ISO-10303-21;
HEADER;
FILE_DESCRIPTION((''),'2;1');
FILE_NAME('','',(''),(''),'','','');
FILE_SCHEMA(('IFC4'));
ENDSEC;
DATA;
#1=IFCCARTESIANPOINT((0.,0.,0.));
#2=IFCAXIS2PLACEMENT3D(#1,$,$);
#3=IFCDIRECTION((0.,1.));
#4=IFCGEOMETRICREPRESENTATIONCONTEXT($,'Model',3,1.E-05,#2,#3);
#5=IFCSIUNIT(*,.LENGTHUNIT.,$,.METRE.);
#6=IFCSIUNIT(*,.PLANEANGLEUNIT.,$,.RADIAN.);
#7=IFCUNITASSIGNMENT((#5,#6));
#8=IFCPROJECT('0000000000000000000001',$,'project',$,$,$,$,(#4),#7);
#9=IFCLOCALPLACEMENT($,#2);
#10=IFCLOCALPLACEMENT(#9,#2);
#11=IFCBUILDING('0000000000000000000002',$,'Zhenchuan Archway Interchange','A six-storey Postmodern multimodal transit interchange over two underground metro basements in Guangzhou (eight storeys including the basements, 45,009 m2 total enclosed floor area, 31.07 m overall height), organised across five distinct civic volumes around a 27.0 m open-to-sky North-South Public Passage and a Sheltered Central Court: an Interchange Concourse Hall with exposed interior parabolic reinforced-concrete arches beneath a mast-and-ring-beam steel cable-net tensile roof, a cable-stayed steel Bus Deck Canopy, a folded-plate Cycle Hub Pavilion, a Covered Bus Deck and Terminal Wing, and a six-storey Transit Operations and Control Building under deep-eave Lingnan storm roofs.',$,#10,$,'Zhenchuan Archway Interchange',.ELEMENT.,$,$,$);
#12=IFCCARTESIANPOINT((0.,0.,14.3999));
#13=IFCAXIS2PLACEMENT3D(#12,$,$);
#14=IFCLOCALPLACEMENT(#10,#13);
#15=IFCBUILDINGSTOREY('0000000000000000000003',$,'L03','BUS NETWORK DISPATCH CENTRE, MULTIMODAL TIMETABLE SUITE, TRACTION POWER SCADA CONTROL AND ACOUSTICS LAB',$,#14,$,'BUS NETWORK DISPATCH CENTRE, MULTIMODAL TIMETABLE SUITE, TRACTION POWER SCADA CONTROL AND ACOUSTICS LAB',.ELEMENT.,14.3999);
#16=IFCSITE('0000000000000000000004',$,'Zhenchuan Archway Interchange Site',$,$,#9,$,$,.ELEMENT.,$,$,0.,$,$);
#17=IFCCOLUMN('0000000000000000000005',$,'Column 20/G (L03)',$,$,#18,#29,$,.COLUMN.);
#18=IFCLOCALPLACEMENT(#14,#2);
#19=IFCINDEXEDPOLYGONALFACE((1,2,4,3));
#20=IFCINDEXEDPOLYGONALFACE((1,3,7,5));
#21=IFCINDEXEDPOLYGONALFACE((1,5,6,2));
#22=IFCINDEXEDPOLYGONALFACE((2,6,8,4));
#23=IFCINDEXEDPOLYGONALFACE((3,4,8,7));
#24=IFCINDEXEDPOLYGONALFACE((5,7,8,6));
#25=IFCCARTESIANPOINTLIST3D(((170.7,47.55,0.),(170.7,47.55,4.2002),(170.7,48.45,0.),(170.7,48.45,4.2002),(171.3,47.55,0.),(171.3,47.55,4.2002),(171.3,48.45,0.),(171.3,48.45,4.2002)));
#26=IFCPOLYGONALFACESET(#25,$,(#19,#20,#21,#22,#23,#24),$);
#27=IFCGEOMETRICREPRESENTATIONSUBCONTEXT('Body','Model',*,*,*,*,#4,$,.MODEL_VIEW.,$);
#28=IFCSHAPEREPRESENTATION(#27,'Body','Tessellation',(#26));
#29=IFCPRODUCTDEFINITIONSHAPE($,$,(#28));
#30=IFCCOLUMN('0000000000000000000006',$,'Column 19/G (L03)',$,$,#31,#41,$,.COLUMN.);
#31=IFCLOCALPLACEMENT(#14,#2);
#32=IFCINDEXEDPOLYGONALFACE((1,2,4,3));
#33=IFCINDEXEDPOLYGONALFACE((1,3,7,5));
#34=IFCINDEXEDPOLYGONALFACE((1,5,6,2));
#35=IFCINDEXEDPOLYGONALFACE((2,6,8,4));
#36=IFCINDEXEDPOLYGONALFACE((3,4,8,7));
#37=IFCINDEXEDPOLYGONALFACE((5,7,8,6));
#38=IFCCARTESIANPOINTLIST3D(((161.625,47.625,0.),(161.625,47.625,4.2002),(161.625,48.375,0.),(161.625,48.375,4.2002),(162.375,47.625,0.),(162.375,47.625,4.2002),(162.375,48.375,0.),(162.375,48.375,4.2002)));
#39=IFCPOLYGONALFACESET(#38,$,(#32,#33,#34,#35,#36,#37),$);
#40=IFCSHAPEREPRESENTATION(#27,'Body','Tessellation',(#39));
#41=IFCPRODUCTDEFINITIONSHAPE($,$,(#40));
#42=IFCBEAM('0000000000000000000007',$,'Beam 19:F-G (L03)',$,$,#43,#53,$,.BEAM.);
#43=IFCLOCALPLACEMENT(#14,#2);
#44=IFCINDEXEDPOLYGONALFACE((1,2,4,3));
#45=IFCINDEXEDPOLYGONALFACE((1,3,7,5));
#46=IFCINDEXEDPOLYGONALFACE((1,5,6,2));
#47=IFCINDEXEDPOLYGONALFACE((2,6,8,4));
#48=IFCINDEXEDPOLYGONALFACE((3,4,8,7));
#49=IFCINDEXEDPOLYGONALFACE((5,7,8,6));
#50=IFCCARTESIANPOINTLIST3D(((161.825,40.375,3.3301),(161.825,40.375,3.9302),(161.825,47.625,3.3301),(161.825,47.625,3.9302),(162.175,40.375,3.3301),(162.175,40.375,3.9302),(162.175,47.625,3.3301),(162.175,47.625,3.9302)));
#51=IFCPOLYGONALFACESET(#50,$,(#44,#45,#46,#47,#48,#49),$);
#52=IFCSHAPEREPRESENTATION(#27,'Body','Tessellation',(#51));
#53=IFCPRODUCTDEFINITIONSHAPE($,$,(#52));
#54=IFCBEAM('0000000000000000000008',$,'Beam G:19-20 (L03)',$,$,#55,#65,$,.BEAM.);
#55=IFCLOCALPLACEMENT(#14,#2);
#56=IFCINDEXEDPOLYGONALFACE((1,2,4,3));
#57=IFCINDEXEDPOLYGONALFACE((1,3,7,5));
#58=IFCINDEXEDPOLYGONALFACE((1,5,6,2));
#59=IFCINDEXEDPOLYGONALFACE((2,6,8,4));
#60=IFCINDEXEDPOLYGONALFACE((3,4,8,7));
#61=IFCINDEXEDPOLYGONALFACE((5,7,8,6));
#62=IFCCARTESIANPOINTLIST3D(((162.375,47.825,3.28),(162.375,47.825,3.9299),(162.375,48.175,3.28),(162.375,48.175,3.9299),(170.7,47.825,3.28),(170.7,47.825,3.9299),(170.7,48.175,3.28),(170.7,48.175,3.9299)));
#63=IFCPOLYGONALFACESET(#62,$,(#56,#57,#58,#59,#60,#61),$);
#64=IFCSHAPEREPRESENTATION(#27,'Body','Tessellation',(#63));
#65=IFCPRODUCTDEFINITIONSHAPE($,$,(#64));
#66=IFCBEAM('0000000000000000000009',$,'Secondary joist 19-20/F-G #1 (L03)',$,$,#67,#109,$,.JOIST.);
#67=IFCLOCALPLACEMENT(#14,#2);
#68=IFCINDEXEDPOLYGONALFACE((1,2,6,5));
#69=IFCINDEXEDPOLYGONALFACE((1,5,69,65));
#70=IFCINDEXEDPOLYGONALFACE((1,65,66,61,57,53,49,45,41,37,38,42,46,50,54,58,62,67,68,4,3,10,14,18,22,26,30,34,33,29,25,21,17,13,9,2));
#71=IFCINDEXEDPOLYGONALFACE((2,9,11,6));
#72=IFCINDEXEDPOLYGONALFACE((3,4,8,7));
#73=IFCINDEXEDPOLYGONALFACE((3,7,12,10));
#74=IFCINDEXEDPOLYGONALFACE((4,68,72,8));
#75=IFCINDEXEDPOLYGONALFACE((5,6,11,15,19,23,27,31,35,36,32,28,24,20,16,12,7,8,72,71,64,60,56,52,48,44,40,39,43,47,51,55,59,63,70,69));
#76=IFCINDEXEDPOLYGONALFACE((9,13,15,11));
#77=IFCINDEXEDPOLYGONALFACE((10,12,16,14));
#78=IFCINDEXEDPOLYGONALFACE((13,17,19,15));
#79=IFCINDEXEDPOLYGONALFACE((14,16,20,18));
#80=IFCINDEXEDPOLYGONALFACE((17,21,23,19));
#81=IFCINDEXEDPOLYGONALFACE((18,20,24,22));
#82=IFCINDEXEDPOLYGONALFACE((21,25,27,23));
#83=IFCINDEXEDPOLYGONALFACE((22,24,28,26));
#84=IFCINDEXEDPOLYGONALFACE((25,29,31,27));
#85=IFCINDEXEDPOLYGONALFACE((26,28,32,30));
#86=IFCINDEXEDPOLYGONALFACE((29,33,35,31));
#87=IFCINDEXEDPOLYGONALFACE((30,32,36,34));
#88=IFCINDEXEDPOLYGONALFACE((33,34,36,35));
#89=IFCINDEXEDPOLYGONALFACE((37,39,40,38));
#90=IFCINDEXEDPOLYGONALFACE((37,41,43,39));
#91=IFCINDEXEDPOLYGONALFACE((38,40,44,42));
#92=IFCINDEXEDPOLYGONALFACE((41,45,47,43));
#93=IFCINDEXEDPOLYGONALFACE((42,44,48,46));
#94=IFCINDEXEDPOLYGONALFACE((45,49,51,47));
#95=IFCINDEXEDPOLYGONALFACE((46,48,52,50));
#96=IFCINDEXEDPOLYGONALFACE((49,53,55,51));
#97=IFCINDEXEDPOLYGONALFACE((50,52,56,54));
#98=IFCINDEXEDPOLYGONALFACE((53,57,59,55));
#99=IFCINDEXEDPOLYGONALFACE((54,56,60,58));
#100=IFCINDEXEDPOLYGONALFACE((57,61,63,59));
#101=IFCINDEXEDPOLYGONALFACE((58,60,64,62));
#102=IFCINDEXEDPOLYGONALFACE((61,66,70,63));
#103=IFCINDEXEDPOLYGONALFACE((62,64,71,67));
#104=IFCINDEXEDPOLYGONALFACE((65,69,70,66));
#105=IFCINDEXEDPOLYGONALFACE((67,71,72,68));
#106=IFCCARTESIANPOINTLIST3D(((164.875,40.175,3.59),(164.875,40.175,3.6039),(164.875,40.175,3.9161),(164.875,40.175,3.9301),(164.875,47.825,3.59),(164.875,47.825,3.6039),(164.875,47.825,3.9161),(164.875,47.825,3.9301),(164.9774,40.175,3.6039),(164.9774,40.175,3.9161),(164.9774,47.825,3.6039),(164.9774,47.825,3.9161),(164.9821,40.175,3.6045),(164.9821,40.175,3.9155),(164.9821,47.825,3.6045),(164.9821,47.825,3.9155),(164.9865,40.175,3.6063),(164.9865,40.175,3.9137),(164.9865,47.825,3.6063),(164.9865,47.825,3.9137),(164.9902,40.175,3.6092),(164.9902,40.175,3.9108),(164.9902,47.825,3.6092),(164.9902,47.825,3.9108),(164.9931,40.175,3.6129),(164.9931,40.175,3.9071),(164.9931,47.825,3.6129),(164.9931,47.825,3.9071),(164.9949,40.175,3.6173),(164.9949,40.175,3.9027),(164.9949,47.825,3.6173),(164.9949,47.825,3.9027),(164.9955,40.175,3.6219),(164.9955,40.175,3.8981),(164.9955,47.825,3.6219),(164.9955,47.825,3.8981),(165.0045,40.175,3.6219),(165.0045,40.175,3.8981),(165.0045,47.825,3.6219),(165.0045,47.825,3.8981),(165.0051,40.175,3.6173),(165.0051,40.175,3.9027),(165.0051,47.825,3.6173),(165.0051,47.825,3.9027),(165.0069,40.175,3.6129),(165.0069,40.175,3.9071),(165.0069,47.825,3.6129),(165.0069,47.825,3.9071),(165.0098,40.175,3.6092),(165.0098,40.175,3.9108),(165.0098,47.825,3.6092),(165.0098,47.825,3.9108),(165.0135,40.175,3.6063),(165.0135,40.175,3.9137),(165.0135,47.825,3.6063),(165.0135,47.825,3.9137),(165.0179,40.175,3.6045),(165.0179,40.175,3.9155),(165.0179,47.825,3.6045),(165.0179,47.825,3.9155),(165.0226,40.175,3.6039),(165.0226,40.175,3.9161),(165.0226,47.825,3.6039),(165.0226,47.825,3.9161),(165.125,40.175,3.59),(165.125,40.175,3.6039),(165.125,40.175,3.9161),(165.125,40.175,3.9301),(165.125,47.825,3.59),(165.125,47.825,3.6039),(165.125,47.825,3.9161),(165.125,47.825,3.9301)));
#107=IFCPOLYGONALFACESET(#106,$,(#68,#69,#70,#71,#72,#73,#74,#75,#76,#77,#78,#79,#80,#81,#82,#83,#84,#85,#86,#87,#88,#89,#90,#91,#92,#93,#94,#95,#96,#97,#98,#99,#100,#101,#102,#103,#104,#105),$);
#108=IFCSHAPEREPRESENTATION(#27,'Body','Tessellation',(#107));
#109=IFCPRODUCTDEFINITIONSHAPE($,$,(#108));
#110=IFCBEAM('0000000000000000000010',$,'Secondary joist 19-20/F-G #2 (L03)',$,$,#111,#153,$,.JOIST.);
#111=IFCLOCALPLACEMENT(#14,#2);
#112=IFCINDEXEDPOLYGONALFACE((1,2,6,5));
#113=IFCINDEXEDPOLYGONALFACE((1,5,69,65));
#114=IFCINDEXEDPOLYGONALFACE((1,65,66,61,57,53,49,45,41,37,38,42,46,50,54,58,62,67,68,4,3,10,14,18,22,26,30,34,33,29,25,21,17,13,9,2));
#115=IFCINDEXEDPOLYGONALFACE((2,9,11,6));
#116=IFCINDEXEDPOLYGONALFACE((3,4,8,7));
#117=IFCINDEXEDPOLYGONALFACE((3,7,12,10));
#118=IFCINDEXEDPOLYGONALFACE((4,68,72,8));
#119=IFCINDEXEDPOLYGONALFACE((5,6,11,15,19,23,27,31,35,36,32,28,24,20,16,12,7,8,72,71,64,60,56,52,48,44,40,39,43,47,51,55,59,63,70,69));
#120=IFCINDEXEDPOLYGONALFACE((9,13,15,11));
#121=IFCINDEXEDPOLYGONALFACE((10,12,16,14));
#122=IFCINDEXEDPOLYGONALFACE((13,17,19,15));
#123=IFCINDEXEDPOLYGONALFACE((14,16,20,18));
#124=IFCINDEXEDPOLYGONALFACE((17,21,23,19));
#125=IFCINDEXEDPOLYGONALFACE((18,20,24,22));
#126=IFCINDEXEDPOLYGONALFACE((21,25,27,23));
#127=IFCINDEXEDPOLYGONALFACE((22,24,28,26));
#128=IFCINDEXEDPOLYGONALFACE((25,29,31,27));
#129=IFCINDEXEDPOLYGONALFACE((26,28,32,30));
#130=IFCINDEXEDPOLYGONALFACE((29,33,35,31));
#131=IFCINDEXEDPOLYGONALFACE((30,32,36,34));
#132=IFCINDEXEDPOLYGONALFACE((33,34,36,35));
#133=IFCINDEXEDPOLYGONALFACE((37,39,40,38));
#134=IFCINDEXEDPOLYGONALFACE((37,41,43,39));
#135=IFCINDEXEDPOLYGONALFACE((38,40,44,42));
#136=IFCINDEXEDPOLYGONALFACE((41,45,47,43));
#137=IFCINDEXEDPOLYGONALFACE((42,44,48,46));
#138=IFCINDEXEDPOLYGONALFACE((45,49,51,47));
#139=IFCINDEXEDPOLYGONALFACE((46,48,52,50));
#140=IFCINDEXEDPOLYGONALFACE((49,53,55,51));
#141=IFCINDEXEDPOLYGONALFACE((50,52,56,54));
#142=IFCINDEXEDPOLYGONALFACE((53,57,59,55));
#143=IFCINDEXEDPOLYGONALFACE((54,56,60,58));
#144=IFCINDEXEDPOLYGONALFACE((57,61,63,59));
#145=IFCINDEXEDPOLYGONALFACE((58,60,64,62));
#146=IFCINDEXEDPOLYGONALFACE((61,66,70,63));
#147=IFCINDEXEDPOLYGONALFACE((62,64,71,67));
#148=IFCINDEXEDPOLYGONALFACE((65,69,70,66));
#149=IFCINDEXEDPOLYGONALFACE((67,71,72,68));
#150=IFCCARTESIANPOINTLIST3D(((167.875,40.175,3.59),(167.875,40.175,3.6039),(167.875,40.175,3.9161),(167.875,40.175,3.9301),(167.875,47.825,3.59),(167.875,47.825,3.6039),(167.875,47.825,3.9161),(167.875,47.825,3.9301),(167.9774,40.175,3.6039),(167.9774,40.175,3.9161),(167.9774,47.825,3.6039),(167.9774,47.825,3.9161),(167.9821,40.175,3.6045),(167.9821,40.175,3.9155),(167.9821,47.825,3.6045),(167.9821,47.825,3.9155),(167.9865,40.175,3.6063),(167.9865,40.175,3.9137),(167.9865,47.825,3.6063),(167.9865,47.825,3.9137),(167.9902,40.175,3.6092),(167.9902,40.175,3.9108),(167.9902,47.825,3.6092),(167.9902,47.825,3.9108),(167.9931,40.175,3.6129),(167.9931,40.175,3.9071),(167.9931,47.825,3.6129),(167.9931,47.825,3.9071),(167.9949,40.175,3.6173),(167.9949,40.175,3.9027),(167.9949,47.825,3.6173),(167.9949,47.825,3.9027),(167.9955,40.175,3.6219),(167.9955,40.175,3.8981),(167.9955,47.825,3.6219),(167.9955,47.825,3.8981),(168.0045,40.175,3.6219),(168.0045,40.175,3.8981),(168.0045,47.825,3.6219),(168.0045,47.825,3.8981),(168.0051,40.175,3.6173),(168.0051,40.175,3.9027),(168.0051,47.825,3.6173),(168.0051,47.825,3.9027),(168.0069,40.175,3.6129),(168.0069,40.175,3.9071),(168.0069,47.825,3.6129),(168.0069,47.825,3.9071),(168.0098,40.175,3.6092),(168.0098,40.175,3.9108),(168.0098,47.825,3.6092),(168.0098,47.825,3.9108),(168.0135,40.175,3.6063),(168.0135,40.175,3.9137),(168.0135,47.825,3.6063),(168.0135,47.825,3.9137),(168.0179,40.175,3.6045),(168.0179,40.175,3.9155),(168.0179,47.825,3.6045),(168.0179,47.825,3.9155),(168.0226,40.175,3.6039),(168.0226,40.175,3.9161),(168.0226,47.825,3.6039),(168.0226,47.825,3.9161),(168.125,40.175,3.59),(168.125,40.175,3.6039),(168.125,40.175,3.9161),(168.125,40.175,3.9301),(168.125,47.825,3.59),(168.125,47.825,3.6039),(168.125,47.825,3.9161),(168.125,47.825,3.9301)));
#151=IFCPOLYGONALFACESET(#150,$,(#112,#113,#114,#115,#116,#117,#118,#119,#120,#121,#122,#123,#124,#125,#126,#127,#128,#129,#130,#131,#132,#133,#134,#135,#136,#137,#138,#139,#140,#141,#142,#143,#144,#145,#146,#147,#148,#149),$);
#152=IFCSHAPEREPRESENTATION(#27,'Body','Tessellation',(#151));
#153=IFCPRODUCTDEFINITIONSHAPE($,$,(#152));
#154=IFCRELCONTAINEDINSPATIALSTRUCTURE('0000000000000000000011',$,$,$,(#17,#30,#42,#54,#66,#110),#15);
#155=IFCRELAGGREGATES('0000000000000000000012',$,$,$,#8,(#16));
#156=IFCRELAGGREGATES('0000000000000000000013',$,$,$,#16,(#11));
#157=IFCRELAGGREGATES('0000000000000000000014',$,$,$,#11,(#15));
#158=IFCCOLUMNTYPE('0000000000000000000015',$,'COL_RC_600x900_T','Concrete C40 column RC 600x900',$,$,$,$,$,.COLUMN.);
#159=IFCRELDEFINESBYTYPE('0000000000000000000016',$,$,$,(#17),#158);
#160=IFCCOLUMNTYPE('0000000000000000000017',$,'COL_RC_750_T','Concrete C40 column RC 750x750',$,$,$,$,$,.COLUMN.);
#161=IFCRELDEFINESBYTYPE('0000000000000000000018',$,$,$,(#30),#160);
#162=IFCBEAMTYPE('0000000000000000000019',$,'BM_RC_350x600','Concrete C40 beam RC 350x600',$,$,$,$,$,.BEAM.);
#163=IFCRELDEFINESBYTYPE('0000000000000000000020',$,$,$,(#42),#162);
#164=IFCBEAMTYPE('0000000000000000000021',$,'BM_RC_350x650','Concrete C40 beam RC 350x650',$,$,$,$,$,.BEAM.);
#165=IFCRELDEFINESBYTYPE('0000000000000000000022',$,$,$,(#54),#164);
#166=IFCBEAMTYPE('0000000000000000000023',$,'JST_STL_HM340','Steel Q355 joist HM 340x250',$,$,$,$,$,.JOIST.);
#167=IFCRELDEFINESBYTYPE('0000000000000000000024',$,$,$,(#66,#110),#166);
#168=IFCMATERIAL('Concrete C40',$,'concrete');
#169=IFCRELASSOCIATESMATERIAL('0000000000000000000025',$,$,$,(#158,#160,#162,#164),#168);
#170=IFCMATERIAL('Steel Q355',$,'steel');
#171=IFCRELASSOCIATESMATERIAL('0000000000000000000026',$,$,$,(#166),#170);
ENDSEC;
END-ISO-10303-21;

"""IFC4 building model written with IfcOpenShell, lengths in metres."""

from ifc_helpers import new_model, si_unit, direction, frame, origin, origin_2d, place, context, subcontext, project, spatial, rectangle, i_section, extrude, material, material_profile, profile_set, type_object, element, save


model = new_model("IFC4")

# Units and contexts
model_context = context("Model", 3, precision=1e-05, world=origin(), true_north=direction((0.0, 1.0)))
body_context = subcontext(model_context, "Body", "Model", "MODEL_VIEW")
ifc_project = project(units=[si_unit("LENGTHUNIT", "METRE"), si_unit("PLANEANGLEUNIT", "RADIAN")], contexts=[model_context])

# Site, building, storey
site_placement = place(None, origin())
site = spatial("IfcSite", under=ifc_project, at=site_placement, Name="Zhenchuan Archway Interchange Site", CompositionType="ELEMENT", RefElevation=0.0)
building_placement = place(site_placement, origin())
building = spatial("IfcBuilding", under=site, at=building_placement, Name="Zhenchuan Archway Interchange", Description="A six-storey Postmodern multimodal transit interchange over two underground metro basements in Guangzhou (eight storeys including the basements, 45,009 m2 total enclosed floor area, 31.07 m overall height), organised across five distinct civic volumes around a 27.0 m open-to-sky North-South Public Passage and a Sheltered Central Court: an Interchange Concourse Hall with exposed interior parabolic reinforced-concrete arches beneath a mast-and-ring-beam steel cable-net tensile roof, a cable-stayed steel Bus Deck Canopy, a folded-plate Cycle Hub Pavilion, a Covered Bus Deck and Terminal Wing, and a six-storey Transit Operations and Control Building under deep-eave Lingnan storm roofs.", LongName="Zhenchuan Archway Interchange", CompositionType="ELEMENT")
storey_placement = place(building_placement, frame((0.0, 0.0, 14.3999)))
storey = spatial("IfcBuildingStorey", under=building, at=storey_placement, Name="L03", Description="BUS NETWORK DISPATCH CENTRE, MULTIMODAL TIMETABLE SUITE, TRACTION POWER SCADA CONTROL AND ACOUSTICS LAB", LongName="BUS NETWORK DISPATCH CENTRE, MULTIMODAL TIMETABLE SUITE, TRACTION POWER SCADA CONTROL AND ACOUSTICS LAB", CompositionType="ELEMENT", Elevation=14.3999)

# Columns
ifc_material_1 = material(Name="Concrete C40", Category="concrete")
ifc_material_profile_1 = material_profile(ifc_material_1, rectangle(XDim=0.6001, YDim=0.8999, at=origin_2d()), Name="RC 600x900")
ifc_profile_set_1 = profile_set([ifc_material_profile_1], Name="Concrete C40")
column_type_1 = type_object("IfcColumnType", Name="COL_RC_600x900_T", Description="Concrete C40 column RC 600x900", PredefinedType="COLUMN", material=ifc_profile_set_1)
column_1_placement = place(storey_placement, frame((171.0, 48.0, 0.0), z_axis=(0.0, 0.0, 1.0), x_axis=(1.0, 0.0, 0.0)))
element("IfcColumn", 1, at=column_1_placement, inside=storey, type_object=column_type_1, Name="Column 20/G (L03)", PredefinedType="COLUMN", context=body_context, shape_type="SweptSolid", body=[
    extrude(rectangle(XDim=0.6001, YDim=0.8999, at=origin_2d()), origin(), (0.0, 0.0, 1.0), 4.2002),
])
ifc_material_profile_2 = material_profile(ifc_material_1, rectangle(XDim=0.75, YDim=0.75, at=origin_2d()), Name="RC 750x750")
ifc_profile_set_2 = profile_set([ifc_material_profile_2], Name="Concrete C40")
column_type_2 = type_object("IfcColumnType", Name="COL_RC_750_T", Description="Concrete C40 column RC 750x750", PredefinedType="COLUMN", material=ifc_profile_set_2)
column_2_placement = place(storey_placement, frame((162.0, 48.0, 0.0), z_axis=(0.0, 0.0, 1.0), x_axis=(1.0, 0.0, 0.0)))
element("IfcColumn", 2, at=column_2_placement, inside=storey, type_object=column_type_2, Name="Column 19/G (L03)", PredefinedType="COLUMN", context=body_context, shape_type="SweptSolid", body=[
    extrude(rectangle(XDim=0.75, YDim=0.75, at=origin_2d()), origin(), (0.0, 0.0, 1.0), 4.2002),
])

# Beams
ifc_material_profile_3 = material_profile(ifc_material_1, rectangle(XDim=0.3501, YDim=0.6001, at=origin_2d()), Name="RC 350x600")
ifc_profile_set_3 = profile_set([ifc_material_profile_3], Name="Concrete C40")
beam_type_1 = type_object("IfcBeamType", Name="BM_RC_350x600", Description="Concrete C40 beam RC 350x600", PredefinedType="BEAM", material=ifc_profile_set_3)
beam_1_placement = place(storey_placement, frame((162.0, 40.375, 3.6301), z_axis=(0.0, 1.0, 0.0), x_axis=(-1.0, 0.0, 0.0)))
element("IfcBeam", 3, at=beam_1_placement, inside=storey, type_object=beam_type_1, Name="Beam 19:F-G (L03)", PredefinedType="BEAM", context=body_context, shape_type="SweptSolid", body=[
    extrude(rectangle(XDim=0.3501, YDim=0.6001, at=origin_2d()), origin(), (0.0, 0.0, 1.0), 7.25),
])
ifc_material_profile_4 = material_profile(ifc_material_1, rectangle(XDim=0.3501, YDim=0.6499, at=origin_2d()), Name="RC 350x650")
ifc_profile_set_4 = profile_set([ifc_material_profile_4], Name="Concrete C40")
beam_type_2 = type_object("IfcBeamType", Name="BM_RC_350x650", Description="Concrete C40 beam RC 350x650", PredefinedType="BEAM", material=ifc_profile_set_4)
beam_2_placement = place(storey_placement, frame((162.375, 48.0, 3.605), z_axis=(1.0, 0.0, 0.0), x_axis=(0.0, 1.0, 0.0)))
element("IfcBeam", 4, at=beam_2_placement, inside=storey, type_object=beam_type_2, Name="Beam G:19-20 (L03)", PredefinedType="BEAM", context=body_context, shape_type="SweptSolid", body=[
    extrude(rectangle(XDim=0.3501, YDim=0.6499, at=origin_2d()), origin(), (0.0, 0.0, 1.0), 8.325),
])
ifc_material_2 = material(Name="Steel Q355", Category="steel")
ifc_material_profile_5 = material_profile(ifc_material_2, i_section(OverallWidth=0.25, OverallDepth=0.3401, WebThickness=0.009, FlangeThickness=0.0139, FilletRadius=0.0181, at=origin_2d()), Name="HM 340x250")
ifc_profile_set_5 = profile_set([ifc_material_profile_5], Name="Steel Q355")
beam_type_3 = type_object("IfcBeamType", Name="JST_STL_HM340", Description="Steel Q355 joist HM 340x250", PredefinedType="JOIST", material=ifc_profile_set_5)
for number, where, z_axis, x_axis, name in (
    (5, (165.0, 40.175, 3.76), (0.0, 1.0, 0.0), (-1.0, 0.0, 0.0), "Secondary joist 19-20/F-G #1 (L03)"),
    (6, (168.0, 40.175, 3.76), (0.0, 1.0, 0.0), (-1.0, 0.0, 0.0), "Secondary joist 19-20/F-G #2 (L03)"),
):
    element("IfcBeam", number, at=place(storey_placement, frame(where, z_axis=z_axis, x_axis=x_axis)), inside=storey, type_object=beam_type_3, Name=name, PredefinedType="JOIST", context=body_context, shape_type="SweptSolid", body=[
        extrude(i_section(OverallWidth=0.25, OverallDepth=0.3401, WebThickness=0.009, FlangeThickness=0.0139, FilletRadius=0.0181, at=origin_2d()), origin(), (0.0, 0.0, 1.0), 7.6499),
    ])

save(model, "model.ifc")
